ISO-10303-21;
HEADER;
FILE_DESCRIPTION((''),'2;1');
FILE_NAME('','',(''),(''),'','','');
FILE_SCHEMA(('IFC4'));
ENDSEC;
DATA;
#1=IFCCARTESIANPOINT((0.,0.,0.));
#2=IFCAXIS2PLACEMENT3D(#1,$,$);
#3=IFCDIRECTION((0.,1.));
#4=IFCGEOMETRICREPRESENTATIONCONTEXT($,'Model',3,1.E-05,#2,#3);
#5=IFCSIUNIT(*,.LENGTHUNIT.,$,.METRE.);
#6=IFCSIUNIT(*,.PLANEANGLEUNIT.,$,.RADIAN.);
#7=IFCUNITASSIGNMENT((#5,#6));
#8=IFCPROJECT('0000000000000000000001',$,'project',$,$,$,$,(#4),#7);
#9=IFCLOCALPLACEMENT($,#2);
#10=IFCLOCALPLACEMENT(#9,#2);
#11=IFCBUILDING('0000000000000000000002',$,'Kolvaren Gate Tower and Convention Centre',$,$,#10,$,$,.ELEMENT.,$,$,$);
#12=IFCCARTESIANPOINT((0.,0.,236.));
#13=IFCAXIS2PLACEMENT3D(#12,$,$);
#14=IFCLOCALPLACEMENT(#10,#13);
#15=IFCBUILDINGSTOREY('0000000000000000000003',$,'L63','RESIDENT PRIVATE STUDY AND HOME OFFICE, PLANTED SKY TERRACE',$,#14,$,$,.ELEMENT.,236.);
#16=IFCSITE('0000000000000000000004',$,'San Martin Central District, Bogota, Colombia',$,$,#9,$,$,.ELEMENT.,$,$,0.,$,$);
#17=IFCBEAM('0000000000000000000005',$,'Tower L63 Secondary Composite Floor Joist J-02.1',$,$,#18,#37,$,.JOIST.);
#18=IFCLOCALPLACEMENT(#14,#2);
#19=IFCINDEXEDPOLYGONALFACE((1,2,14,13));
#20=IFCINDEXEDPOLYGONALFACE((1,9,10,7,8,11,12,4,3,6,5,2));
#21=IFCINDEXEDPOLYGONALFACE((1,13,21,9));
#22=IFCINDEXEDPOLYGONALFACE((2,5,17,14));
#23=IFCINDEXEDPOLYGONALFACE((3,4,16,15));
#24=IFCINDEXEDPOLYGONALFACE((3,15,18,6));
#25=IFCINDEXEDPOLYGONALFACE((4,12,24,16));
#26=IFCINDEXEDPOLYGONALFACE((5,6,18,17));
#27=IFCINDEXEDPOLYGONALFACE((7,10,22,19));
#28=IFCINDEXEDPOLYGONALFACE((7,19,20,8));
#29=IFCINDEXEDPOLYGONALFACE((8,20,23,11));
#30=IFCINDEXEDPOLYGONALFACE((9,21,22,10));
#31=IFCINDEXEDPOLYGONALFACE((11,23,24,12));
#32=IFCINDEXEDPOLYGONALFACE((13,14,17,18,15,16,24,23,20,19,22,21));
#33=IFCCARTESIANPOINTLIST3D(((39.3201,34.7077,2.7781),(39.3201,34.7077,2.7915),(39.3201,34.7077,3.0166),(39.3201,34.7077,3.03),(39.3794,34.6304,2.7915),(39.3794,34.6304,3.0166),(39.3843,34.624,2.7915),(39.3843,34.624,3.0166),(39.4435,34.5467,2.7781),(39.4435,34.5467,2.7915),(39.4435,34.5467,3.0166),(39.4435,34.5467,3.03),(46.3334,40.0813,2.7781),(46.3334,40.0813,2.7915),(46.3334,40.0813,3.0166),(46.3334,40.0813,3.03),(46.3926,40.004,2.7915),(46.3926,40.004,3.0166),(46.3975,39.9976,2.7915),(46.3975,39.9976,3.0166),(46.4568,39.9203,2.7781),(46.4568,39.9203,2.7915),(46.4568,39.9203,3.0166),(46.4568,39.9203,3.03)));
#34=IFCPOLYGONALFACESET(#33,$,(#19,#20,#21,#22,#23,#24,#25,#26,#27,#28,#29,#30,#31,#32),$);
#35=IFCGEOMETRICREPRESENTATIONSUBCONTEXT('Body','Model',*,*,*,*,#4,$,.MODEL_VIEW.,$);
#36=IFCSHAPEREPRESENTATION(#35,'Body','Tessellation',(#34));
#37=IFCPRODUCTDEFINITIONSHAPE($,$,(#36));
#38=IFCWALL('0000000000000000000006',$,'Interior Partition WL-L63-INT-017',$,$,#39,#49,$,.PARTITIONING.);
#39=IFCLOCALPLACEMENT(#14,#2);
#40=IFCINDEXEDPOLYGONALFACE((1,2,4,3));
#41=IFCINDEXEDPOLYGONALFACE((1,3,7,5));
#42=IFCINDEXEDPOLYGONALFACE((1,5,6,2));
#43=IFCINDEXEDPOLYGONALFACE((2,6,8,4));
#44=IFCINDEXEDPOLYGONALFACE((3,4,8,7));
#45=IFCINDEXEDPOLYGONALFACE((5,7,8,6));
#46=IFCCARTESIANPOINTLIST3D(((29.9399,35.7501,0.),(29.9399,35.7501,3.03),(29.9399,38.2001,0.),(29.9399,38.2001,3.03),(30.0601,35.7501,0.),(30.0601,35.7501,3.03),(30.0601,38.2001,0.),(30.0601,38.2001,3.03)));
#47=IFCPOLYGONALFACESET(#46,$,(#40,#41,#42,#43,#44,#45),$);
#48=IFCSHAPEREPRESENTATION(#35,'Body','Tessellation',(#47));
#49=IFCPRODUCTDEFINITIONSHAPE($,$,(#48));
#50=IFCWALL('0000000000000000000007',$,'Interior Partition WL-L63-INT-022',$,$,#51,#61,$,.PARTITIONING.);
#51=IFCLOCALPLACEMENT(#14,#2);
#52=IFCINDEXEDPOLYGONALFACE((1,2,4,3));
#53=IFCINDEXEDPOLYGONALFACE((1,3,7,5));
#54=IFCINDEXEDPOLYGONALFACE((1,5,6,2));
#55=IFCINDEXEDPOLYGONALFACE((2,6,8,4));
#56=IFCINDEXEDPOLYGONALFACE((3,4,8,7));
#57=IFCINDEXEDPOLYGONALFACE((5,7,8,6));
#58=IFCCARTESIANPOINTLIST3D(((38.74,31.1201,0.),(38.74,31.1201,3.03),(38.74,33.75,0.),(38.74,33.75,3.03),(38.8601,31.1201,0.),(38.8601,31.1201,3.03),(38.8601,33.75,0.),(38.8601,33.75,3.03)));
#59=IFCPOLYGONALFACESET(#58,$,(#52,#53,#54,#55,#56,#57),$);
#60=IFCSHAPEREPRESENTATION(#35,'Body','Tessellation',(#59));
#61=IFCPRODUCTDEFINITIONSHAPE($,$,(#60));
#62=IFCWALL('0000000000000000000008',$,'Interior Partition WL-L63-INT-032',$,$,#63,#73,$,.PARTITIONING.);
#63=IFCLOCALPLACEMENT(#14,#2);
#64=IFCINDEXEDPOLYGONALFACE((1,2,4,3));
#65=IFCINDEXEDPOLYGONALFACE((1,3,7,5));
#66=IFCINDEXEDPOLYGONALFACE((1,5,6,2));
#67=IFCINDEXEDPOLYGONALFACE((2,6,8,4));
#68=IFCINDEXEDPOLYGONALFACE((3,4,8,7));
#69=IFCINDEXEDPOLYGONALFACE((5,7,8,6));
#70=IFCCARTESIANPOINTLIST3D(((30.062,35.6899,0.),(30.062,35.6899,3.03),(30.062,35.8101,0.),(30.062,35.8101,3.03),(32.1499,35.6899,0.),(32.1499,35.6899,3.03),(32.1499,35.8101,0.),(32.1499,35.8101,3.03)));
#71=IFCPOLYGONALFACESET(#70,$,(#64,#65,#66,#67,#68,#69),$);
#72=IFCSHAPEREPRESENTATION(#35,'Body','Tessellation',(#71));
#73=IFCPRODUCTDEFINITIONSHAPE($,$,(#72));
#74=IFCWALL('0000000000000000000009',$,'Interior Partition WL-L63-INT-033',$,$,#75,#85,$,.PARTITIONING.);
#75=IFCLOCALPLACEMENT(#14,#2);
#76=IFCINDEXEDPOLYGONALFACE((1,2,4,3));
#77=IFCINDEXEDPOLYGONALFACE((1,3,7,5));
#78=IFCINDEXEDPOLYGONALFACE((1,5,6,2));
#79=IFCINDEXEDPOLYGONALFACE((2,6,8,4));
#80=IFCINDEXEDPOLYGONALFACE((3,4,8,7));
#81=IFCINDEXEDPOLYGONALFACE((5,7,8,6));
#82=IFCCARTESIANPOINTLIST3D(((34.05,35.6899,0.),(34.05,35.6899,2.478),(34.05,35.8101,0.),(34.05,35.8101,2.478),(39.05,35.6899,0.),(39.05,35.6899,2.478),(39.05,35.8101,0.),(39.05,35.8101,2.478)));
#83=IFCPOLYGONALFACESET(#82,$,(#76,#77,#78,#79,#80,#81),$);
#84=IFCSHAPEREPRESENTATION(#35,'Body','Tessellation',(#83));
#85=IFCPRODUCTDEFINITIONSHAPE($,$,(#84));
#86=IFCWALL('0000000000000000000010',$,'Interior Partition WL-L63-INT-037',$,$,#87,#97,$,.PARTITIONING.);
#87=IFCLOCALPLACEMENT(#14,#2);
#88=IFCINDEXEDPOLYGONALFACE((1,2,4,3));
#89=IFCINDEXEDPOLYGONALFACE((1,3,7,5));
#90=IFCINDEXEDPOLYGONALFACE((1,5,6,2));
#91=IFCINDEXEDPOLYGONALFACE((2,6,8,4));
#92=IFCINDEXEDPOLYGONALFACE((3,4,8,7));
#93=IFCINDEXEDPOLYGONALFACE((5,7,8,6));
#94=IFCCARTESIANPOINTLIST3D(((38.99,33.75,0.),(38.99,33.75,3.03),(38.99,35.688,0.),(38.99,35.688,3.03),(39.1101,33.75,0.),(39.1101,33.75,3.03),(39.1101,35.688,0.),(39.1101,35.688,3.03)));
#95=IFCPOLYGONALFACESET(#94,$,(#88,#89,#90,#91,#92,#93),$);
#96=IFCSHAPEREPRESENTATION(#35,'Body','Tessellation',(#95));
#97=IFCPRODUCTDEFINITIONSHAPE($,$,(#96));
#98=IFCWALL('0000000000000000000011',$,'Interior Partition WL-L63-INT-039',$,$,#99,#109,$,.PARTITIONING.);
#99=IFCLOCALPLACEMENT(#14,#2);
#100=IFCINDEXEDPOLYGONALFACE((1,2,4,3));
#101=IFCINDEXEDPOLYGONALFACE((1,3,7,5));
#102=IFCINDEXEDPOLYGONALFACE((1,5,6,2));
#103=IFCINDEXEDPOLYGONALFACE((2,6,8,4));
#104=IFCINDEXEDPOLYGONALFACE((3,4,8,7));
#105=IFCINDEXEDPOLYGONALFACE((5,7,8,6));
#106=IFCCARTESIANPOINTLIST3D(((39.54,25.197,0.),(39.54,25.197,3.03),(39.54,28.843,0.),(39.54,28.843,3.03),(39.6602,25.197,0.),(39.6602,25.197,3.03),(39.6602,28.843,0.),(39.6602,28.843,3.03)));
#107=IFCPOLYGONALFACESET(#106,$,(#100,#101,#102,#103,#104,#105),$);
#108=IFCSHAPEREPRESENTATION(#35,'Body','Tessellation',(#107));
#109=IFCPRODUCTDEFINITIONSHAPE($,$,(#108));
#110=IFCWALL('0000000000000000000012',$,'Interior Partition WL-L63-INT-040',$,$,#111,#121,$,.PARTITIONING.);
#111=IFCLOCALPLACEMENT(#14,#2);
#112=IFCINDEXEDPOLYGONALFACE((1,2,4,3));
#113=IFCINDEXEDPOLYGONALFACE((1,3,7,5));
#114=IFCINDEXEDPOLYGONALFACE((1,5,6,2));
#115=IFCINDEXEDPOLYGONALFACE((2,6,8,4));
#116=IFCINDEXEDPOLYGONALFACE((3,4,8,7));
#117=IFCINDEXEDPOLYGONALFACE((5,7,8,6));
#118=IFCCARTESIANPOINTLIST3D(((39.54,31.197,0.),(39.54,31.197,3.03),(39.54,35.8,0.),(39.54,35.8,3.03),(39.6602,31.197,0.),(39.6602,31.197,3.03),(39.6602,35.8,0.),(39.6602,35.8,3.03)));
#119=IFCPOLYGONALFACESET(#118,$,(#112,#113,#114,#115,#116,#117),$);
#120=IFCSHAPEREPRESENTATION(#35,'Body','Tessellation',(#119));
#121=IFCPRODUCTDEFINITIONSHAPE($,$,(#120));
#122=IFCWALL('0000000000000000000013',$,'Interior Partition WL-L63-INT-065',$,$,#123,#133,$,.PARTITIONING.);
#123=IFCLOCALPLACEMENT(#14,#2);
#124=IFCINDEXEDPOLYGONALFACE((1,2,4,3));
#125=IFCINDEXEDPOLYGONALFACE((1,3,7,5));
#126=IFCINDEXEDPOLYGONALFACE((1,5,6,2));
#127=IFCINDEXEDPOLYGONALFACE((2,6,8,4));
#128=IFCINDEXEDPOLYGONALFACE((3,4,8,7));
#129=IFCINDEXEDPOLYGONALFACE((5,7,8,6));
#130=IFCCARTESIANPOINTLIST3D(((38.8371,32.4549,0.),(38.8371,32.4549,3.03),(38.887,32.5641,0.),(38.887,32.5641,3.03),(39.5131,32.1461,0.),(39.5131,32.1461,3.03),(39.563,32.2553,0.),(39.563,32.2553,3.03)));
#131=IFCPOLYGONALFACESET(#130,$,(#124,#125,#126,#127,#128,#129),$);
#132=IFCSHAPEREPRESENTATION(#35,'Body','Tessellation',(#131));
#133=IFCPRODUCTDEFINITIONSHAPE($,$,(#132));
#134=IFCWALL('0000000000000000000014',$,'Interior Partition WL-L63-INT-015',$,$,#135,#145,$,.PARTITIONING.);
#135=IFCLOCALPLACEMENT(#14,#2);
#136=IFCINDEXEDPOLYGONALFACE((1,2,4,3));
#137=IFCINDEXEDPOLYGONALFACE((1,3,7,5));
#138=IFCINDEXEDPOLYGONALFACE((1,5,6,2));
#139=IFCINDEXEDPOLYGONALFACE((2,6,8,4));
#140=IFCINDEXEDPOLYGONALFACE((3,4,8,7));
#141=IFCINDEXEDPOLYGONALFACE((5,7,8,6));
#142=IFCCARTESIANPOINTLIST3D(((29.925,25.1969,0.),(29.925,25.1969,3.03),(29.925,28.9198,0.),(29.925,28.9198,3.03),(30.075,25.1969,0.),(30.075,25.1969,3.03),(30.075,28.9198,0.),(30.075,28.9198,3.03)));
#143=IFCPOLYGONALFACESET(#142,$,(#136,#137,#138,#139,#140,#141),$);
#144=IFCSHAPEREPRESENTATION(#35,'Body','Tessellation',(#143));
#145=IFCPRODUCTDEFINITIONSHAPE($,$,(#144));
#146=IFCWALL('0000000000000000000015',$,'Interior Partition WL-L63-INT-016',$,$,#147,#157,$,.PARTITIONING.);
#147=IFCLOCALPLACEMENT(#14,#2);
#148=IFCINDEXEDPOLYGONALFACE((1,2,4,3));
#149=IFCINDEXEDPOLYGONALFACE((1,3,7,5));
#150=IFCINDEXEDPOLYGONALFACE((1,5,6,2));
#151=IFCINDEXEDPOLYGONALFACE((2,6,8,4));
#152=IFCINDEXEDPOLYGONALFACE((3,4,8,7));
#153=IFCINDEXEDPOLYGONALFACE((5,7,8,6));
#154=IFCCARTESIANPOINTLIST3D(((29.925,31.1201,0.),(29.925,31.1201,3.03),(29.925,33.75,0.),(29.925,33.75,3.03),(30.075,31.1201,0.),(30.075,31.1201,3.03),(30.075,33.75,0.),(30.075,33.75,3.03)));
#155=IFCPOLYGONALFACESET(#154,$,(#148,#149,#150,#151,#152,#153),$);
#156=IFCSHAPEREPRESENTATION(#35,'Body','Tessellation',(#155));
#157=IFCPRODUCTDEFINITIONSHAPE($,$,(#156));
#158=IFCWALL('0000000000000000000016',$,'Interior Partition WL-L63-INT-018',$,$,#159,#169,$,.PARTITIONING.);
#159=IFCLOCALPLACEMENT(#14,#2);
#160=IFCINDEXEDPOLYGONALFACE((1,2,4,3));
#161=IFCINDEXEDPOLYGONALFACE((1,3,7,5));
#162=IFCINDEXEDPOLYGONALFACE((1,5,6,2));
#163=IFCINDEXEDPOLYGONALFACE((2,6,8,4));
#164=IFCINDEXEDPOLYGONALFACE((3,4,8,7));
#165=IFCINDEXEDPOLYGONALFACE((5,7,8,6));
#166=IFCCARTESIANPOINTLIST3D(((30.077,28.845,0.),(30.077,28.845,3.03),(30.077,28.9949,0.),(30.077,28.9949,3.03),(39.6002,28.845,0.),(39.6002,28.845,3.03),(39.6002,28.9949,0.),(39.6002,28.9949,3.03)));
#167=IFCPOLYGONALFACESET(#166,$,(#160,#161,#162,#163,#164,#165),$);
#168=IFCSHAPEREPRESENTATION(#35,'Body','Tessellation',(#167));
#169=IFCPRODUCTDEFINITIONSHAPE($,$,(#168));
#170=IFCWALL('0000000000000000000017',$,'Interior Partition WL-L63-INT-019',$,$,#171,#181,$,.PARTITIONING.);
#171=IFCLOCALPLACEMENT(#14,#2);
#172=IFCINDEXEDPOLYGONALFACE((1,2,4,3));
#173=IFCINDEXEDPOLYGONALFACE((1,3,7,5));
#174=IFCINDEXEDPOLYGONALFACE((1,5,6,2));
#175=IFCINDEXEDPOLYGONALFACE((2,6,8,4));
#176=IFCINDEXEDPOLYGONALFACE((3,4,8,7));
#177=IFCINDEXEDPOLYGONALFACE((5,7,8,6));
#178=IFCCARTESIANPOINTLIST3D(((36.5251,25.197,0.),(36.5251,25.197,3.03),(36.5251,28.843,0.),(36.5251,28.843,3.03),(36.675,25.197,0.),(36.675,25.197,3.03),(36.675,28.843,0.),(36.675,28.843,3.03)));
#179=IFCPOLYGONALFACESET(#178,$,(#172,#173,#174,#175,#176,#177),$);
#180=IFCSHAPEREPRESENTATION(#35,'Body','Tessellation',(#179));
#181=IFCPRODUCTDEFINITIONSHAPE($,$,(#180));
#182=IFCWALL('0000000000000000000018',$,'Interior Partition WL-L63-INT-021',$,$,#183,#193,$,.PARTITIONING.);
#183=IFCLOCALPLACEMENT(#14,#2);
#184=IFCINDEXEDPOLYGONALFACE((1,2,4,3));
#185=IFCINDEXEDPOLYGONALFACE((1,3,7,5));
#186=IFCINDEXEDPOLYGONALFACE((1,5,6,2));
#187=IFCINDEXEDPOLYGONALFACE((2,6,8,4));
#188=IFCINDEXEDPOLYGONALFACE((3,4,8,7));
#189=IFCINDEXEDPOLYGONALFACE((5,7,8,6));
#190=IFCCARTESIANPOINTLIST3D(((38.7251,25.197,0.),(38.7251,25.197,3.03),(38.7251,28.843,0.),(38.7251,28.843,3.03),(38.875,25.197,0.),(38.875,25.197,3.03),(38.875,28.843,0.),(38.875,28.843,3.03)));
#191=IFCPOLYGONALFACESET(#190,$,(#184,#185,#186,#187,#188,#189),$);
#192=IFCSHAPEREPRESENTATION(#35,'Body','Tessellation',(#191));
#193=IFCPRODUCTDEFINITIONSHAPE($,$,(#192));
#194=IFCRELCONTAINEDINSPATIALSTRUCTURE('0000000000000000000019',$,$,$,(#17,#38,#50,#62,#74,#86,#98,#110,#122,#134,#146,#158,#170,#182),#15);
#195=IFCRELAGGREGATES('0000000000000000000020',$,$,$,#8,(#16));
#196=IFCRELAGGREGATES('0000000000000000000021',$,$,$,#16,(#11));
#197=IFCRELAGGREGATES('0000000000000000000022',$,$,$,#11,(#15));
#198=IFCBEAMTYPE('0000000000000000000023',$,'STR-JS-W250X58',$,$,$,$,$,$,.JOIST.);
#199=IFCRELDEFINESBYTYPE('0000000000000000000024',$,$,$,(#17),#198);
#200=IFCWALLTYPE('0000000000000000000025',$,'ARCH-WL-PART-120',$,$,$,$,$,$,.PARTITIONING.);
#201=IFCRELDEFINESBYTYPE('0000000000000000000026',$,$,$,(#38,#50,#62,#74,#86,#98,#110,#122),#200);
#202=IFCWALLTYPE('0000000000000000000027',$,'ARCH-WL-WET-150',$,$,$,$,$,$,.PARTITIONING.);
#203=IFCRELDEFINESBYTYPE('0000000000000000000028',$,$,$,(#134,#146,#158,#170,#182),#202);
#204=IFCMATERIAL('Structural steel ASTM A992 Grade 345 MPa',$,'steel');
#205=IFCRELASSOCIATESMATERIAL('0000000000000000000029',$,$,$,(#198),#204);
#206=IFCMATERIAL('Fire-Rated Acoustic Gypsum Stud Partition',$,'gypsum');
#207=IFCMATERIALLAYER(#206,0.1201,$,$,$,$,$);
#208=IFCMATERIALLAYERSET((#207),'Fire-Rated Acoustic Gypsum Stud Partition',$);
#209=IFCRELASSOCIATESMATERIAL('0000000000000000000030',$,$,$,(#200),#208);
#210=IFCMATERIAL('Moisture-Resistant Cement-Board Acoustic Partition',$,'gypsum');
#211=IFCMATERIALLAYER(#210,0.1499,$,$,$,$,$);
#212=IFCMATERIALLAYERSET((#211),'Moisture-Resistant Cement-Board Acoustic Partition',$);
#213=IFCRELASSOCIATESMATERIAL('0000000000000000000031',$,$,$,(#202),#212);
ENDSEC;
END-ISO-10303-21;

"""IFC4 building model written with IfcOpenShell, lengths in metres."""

from ifc_helpers import new_model, si_unit, direction, frame, frame_2d, origin, origin_2d, place, context, subcontext, project, spatial, rectangle, i_section, extrude, material, layer, layer_set, material_profile, profile_set, type_object, element, save


model = new_model("IFC4")

# Units and contexts
model_context = context("Model", 3, precision=1e-05, world=origin(), true_north=direction((0.0, 1.0)))
body_context = subcontext(model_context, "Body", "Model", "MODEL_VIEW")
ifc_project = project(units=[si_unit("LENGTHUNIT", "METRE"), si_unit("PLANEANGLEUNIT", "RADIAN")], contexts=[model_context])

# Site, building, storey
site_placement = place(None, origin())
site = spatial("IfcSite", under=ifc_project, at=site_placement, Name="San Martin Central District, Bogota, Colombia", CompositionType="ELEMENT", RefElevation=0.0)
building_placement = place(site_placement, origin())
building = spatial("IfcBuilding", under=site, at=building_placement, Name="Kolvaren Gate Tower and Convention Centre", CompositionType="ELEMENT")
storey_placement = place(building_placement, frame((0.0, 0.0, 236.0)))
storey = spatial("IfcBuildingStorey", under=building, at=storey_placement, Name="L63", Description="RESIDENT PRIVATE STUDY AND HOME OFFICE, PLANTED SKY TERRACE", CompositionType="ELEMENT", Elevation=236.0)

# Beam
ifc_material_1 = material(Name="Structural steel ASTM A992 Grade 345 MPa", Category="steel")
ifc_material_profile = material_profile(ifc_material_1, i_section(OverallWidth=0.2029, OverallDepth=0.252, WebThickness=0.0081, FlangeThickness=0.0134, at=origin_2d()), Name="W250X58")
ifc_profile_set = profile_set([ifc_material_profile], Name="Structural steel ASTM A992 Grade 345 MPa")
beam_type = type_object("IfcBeamType", Name="STR-JS-W250X58", PredefinedType="JOIST", material=ifc_profile_set)
beam_placement = place(storey_placement, frame((39.3818, 34.6272, 2.9041), z_axis=(0.793783, 0.608201, 0.0), x_axis=(-0.608201, 0.793783, 0.0)))
element("IfcBeam", 1, at=beam_placement, inside=storey, type_object=beam_type, Name="Tower L63 Secondary Composite Floor Joist J-02.1", PredefinedType="JOIST", context=body_context, shape_type="SweptSolid", body=[
    extrude(i_section(OverallWidth=0.2029, OverallDepth=0.252, WebThickness=0.0081, FlangeThickness=0.0134, at=origin_2d()), origin(), (0.0, 0.0, 1.0), 8.8352),
])

# Walls
ifc_material_2 = material(Name="Fire-Rated Acoustic Gypsum Stud Partition", Category="gypsum")
ifc_layer_1 = layer(ifc_material_2, 0.1201)
ifc_layer_set_1 = layer_set([ifc_layer_1], Name="Fire-Rated Acoustic Gypsum Stud Partition")
wall_type_1 = type_object("IfcWallType", Name="ARCH-WL-PART-120", PredefinedType="PARTITIONING", material=ifc_layer_set_1)
wall_1_placement = place(storey_placement, frame((30.0, 35.75, 0.0), z_axis=(0.0, 0.0, 1.0), x_axis=(0.0, 1.0, 0.0)))
element("IfcWall", 2, at=wall_1_placement, inside=storey, type_object=wall_type_1, Name="Interior Partition WL-L63-INT-017", PredefinedType="PARTITIONING", context=body_context, shape_type="SweptSolid", body=[
    extrude(rectangle(XDim=2.45, YDim=0.1201, at=frame_2d((1.2251, 0.0))), origin(), (0.0, 0.0, 1.0), 3.03),
])
wall_2_placement = place(storey_placement, frame((38.8, 31.1201, 0.0), z_axis=(0.0, 0.0, 1.0), x_axis=(0.0, 1.0, 0.0)))
element("IfcWall", 3, at=wall_2_placement, inside=storey, type_object=wall_type_1, Name="Interior Partition WL-L63-INT-022", PredefinedType="PARTITIONING", context=body_context, shape_type="SweptSolid", body=[
    extrude(rectangle(XDim=2.6299, YDim=0.1201, at=frame_2d((1.3149, 0.0))), origin(), (0.0, 0.0, 1.0), 3.03),
])
wall_3_placement = place(storey_placement, frame((30.062, 35.75, 0.0), z_axis=(0.0, 0.0, 1.0), x_axis=(1.0, 0.0, 0.0)))
element("IfcWall", 4, at=wall_3_placement, inside=storey, type_object=wall_type_1, Name="Interior Partition WL-L63-INT-032", PredefinedType="PARTITIONING", context=body_context, shape_type="SweptSolid", body=[
    extrude(rectangle(XDim=2.0879, YDim=0.1201, at=frame_2d((1.0439, 0.0))), origin(), (0.0, 0.0, 1.0), 3.03),
])
wall_4_placement = place(storey_placement, frame((34.05, 35.75, 0.0), z_axis=(0.0, 0.0, 1.0), x_axis=(1.0, 0.0, 0.0)))
element("IfcWall", 5, at=wall_4_placement, inside=storey, type_object=wall_type_1, Name="Interior Partition WL-L63-INT-033", PredefinedType="PARTITIONING", context=body_context, shape_type="SweptSolid", body=[
    extrude(rectangle(XDim=5.0, YDim=0.1201, at=frame_2d((2.5, 0.0))), origin(), (0.0, 0.0, 1.0), 2.478),
])
wall_5_placement = place(storey_placement, frame((39.05, 33.75, 0.0), z_axis=(0.0, 0.0, 1.0), x_axis=(0.0, 1.0, 0.0)))
element("IfcWall", 6, at=wall_5_placement, inside=storey, type_object=wall_type_1, Name="Interior Partition WL-L63-INT-037", PredefinedType="PARTITIONING", context=body_context, shape_type="SweptSolid", body=[
    extrude(rectangle(XDim=1.938, YDim=0.1201, at=frame_2d((0.969, 0.0))), origin(), (0.0, 0.0, 1.0), 3.03),
])
wall_6_placement = place(storey_placement, frame((39.6001, 25.197, 0.0), z_axis=(0.0, 0.0, 1.0), x_axis=(0.0, 1.0, 0.0)))
element("IfcWall", 7, at=wall_6_placement, inside=storey, type_object=wall_type_1, Name="Interior Partition WL-L63-INT-039", PredefinedType="PARTITIONING", context=body_context, shape_type="SweptSolid", body=[
    extrude(rectangle(XDim=3.646, YDim=0.1201, at=frame_2d((1.823, 0.0))), origin(), (0.0, 0.0, 1.0), 3.03),
])
wall_7_placement = place(storey_placement, frame((39.6001, 31.197, 0.0), z_axis=(0.0, 0.0, 1.0), x_axis=(0.0, 1.0, 0.0)))
element("IfcWall", 8, at=wall_7_placement, inside=storey, type_object=wall_type_1, Name="Interior Partition WL-L63-INT-040", PredefinedType="PARTITIONING", context=body_context, shape_type="SweptSolid", body=[
    extrude(rectangle(XDim=4.603, YDim=0.1201, at=frame_2d((2.3015, 0.0))), origin(), (0.0, 0.0, 1.0), 3.03),
])
wall_8_placement = place(storey_placement, frame((38.8621, 32.5095, 0.0), z_axis=(0.0, 0.0, 1.0), x_axis=(0.909577, -0.415535, 0.0)))
element("IfcWall", 9, at=wall_8_placement, inside=storey, type_object=wall_type_1, Name="Interior Partition WL-L63-INT-065", PredefinedType="PARTITIONING", context=body_context, shape_type="SweptSolid", body=[
    extrude(rectangle(XDim=0.7432, YDim=0.1201, at=frame_2d((0.3716, 0.0))), origin(), (0.0, 0.0, 1.0), 3.03),
])
ifc_material_3 = material(Name="Moisture-Resistant Cement-Board Acoustic Partition", Category="gypsum")
ifc_layer_2 = layer(ifc_material_3, 0.1499)
ifc_layer_set_2 = layer_set([ifc_layer_2], Name="Moisture-Resistant Cement-Board Acoustic Partition")
wall_type_2 = type_object("IfcWallType", Name="ARCH-WL-WET-150", PredefinedType="PARTITIONING", material=ifc_layer_set_2)
wall_9_placement = place(storey_placement, frame((30.0, 25.197, 0.0), z_axis=(0.0, 0.0, 1.0), x_axis=(0.0, 1.0, 0.0)))
element("IfcWall", 10, at=wall_9_placement, inside=storey, type_object=wall_type_2, Name="Interior Partition WL-L63-INT-015", PredefinedType="PARTITIONING", context=body_context, shape_type="SweptSolid", body=[
    extrude(rectangle(XDim=3.7229, YDim=0.1499, at=frame_2d((1.8613, 0.0))), origin(), (0.0, 0.0, 1.0), 3.03),
])
wall_10_placement = place(storey_placement, frame((30.0, 31.1201, 0.0), z_axis=(0.0, 0.0, 1.0), x_axis=(0.0, 1.0, 0.0)))
element("IfcWall", 11, at=wall_10_placement, inside=storey, type_object=wall_type_2, Name="Interior Partition WL-L63-INT-016", PredefinedType="PARTITIONING", context=body_context, shape_type="SweptSolid", body=[
    extrude(rectangle(XDim=2.6299, YDim=0.1499, at=frame_2d((1.3149, 0.0))), origin(), (0.0, 0.0, 1.0), 3.03),
])
wall_11_placement = place(storey_placement, frame((30.0769, 28.9199, 0.0), z_axis=(0.0, 0.0, 1.0), x_axis=(1.0, 0.0, 0.0)))
element("IfcWall", 12, at=wall_11_placement, inside=storey, type_object=wall_type_2, Name="Interior Partition WL-L63-INT-018", PredefinedType="PARTITIONING", context=body_context, shape_type="SweptSolid", body=[
    extrude(rectangle(XDim=9.5232, YDim=0.1499, at=frame_2d((4.7617, 0.0))), origin(), (0.0, 0.0, 1.0), 3.03),
])
for number, where, z_axis, x_axis, name in (
    (13, (36.6001, 25.197, 0.0), (0.0, 0.0, 1.0), (0.0, 1.0, 0.0), "Interior Partition WL-L63-INT-019"),
    (14, (38.8, 25.197, 0.0), (0.0, 0.0, 1.0), (0.0, 1.0, 0.0), "Interior Partition WL-L63-INT-021"),
):
    element("IfcWall", number, at=place(storey_placement, frame(where, z_axis=z_axis, x_axis=x_axis)), inside=storey, type_object=wall_type_2, Name=name, PredefinedType="PARTITIONING", context=body_context, shape_type="SweptSolid", body=[
        extrude(rectangle(XDim=3.646, YDim=0.1499, at=frame_2d((1.823, 0.0))), origin(), (0.0, 0.0, 1.0), 3.03),
    ])

save(model, "model.ifc")
